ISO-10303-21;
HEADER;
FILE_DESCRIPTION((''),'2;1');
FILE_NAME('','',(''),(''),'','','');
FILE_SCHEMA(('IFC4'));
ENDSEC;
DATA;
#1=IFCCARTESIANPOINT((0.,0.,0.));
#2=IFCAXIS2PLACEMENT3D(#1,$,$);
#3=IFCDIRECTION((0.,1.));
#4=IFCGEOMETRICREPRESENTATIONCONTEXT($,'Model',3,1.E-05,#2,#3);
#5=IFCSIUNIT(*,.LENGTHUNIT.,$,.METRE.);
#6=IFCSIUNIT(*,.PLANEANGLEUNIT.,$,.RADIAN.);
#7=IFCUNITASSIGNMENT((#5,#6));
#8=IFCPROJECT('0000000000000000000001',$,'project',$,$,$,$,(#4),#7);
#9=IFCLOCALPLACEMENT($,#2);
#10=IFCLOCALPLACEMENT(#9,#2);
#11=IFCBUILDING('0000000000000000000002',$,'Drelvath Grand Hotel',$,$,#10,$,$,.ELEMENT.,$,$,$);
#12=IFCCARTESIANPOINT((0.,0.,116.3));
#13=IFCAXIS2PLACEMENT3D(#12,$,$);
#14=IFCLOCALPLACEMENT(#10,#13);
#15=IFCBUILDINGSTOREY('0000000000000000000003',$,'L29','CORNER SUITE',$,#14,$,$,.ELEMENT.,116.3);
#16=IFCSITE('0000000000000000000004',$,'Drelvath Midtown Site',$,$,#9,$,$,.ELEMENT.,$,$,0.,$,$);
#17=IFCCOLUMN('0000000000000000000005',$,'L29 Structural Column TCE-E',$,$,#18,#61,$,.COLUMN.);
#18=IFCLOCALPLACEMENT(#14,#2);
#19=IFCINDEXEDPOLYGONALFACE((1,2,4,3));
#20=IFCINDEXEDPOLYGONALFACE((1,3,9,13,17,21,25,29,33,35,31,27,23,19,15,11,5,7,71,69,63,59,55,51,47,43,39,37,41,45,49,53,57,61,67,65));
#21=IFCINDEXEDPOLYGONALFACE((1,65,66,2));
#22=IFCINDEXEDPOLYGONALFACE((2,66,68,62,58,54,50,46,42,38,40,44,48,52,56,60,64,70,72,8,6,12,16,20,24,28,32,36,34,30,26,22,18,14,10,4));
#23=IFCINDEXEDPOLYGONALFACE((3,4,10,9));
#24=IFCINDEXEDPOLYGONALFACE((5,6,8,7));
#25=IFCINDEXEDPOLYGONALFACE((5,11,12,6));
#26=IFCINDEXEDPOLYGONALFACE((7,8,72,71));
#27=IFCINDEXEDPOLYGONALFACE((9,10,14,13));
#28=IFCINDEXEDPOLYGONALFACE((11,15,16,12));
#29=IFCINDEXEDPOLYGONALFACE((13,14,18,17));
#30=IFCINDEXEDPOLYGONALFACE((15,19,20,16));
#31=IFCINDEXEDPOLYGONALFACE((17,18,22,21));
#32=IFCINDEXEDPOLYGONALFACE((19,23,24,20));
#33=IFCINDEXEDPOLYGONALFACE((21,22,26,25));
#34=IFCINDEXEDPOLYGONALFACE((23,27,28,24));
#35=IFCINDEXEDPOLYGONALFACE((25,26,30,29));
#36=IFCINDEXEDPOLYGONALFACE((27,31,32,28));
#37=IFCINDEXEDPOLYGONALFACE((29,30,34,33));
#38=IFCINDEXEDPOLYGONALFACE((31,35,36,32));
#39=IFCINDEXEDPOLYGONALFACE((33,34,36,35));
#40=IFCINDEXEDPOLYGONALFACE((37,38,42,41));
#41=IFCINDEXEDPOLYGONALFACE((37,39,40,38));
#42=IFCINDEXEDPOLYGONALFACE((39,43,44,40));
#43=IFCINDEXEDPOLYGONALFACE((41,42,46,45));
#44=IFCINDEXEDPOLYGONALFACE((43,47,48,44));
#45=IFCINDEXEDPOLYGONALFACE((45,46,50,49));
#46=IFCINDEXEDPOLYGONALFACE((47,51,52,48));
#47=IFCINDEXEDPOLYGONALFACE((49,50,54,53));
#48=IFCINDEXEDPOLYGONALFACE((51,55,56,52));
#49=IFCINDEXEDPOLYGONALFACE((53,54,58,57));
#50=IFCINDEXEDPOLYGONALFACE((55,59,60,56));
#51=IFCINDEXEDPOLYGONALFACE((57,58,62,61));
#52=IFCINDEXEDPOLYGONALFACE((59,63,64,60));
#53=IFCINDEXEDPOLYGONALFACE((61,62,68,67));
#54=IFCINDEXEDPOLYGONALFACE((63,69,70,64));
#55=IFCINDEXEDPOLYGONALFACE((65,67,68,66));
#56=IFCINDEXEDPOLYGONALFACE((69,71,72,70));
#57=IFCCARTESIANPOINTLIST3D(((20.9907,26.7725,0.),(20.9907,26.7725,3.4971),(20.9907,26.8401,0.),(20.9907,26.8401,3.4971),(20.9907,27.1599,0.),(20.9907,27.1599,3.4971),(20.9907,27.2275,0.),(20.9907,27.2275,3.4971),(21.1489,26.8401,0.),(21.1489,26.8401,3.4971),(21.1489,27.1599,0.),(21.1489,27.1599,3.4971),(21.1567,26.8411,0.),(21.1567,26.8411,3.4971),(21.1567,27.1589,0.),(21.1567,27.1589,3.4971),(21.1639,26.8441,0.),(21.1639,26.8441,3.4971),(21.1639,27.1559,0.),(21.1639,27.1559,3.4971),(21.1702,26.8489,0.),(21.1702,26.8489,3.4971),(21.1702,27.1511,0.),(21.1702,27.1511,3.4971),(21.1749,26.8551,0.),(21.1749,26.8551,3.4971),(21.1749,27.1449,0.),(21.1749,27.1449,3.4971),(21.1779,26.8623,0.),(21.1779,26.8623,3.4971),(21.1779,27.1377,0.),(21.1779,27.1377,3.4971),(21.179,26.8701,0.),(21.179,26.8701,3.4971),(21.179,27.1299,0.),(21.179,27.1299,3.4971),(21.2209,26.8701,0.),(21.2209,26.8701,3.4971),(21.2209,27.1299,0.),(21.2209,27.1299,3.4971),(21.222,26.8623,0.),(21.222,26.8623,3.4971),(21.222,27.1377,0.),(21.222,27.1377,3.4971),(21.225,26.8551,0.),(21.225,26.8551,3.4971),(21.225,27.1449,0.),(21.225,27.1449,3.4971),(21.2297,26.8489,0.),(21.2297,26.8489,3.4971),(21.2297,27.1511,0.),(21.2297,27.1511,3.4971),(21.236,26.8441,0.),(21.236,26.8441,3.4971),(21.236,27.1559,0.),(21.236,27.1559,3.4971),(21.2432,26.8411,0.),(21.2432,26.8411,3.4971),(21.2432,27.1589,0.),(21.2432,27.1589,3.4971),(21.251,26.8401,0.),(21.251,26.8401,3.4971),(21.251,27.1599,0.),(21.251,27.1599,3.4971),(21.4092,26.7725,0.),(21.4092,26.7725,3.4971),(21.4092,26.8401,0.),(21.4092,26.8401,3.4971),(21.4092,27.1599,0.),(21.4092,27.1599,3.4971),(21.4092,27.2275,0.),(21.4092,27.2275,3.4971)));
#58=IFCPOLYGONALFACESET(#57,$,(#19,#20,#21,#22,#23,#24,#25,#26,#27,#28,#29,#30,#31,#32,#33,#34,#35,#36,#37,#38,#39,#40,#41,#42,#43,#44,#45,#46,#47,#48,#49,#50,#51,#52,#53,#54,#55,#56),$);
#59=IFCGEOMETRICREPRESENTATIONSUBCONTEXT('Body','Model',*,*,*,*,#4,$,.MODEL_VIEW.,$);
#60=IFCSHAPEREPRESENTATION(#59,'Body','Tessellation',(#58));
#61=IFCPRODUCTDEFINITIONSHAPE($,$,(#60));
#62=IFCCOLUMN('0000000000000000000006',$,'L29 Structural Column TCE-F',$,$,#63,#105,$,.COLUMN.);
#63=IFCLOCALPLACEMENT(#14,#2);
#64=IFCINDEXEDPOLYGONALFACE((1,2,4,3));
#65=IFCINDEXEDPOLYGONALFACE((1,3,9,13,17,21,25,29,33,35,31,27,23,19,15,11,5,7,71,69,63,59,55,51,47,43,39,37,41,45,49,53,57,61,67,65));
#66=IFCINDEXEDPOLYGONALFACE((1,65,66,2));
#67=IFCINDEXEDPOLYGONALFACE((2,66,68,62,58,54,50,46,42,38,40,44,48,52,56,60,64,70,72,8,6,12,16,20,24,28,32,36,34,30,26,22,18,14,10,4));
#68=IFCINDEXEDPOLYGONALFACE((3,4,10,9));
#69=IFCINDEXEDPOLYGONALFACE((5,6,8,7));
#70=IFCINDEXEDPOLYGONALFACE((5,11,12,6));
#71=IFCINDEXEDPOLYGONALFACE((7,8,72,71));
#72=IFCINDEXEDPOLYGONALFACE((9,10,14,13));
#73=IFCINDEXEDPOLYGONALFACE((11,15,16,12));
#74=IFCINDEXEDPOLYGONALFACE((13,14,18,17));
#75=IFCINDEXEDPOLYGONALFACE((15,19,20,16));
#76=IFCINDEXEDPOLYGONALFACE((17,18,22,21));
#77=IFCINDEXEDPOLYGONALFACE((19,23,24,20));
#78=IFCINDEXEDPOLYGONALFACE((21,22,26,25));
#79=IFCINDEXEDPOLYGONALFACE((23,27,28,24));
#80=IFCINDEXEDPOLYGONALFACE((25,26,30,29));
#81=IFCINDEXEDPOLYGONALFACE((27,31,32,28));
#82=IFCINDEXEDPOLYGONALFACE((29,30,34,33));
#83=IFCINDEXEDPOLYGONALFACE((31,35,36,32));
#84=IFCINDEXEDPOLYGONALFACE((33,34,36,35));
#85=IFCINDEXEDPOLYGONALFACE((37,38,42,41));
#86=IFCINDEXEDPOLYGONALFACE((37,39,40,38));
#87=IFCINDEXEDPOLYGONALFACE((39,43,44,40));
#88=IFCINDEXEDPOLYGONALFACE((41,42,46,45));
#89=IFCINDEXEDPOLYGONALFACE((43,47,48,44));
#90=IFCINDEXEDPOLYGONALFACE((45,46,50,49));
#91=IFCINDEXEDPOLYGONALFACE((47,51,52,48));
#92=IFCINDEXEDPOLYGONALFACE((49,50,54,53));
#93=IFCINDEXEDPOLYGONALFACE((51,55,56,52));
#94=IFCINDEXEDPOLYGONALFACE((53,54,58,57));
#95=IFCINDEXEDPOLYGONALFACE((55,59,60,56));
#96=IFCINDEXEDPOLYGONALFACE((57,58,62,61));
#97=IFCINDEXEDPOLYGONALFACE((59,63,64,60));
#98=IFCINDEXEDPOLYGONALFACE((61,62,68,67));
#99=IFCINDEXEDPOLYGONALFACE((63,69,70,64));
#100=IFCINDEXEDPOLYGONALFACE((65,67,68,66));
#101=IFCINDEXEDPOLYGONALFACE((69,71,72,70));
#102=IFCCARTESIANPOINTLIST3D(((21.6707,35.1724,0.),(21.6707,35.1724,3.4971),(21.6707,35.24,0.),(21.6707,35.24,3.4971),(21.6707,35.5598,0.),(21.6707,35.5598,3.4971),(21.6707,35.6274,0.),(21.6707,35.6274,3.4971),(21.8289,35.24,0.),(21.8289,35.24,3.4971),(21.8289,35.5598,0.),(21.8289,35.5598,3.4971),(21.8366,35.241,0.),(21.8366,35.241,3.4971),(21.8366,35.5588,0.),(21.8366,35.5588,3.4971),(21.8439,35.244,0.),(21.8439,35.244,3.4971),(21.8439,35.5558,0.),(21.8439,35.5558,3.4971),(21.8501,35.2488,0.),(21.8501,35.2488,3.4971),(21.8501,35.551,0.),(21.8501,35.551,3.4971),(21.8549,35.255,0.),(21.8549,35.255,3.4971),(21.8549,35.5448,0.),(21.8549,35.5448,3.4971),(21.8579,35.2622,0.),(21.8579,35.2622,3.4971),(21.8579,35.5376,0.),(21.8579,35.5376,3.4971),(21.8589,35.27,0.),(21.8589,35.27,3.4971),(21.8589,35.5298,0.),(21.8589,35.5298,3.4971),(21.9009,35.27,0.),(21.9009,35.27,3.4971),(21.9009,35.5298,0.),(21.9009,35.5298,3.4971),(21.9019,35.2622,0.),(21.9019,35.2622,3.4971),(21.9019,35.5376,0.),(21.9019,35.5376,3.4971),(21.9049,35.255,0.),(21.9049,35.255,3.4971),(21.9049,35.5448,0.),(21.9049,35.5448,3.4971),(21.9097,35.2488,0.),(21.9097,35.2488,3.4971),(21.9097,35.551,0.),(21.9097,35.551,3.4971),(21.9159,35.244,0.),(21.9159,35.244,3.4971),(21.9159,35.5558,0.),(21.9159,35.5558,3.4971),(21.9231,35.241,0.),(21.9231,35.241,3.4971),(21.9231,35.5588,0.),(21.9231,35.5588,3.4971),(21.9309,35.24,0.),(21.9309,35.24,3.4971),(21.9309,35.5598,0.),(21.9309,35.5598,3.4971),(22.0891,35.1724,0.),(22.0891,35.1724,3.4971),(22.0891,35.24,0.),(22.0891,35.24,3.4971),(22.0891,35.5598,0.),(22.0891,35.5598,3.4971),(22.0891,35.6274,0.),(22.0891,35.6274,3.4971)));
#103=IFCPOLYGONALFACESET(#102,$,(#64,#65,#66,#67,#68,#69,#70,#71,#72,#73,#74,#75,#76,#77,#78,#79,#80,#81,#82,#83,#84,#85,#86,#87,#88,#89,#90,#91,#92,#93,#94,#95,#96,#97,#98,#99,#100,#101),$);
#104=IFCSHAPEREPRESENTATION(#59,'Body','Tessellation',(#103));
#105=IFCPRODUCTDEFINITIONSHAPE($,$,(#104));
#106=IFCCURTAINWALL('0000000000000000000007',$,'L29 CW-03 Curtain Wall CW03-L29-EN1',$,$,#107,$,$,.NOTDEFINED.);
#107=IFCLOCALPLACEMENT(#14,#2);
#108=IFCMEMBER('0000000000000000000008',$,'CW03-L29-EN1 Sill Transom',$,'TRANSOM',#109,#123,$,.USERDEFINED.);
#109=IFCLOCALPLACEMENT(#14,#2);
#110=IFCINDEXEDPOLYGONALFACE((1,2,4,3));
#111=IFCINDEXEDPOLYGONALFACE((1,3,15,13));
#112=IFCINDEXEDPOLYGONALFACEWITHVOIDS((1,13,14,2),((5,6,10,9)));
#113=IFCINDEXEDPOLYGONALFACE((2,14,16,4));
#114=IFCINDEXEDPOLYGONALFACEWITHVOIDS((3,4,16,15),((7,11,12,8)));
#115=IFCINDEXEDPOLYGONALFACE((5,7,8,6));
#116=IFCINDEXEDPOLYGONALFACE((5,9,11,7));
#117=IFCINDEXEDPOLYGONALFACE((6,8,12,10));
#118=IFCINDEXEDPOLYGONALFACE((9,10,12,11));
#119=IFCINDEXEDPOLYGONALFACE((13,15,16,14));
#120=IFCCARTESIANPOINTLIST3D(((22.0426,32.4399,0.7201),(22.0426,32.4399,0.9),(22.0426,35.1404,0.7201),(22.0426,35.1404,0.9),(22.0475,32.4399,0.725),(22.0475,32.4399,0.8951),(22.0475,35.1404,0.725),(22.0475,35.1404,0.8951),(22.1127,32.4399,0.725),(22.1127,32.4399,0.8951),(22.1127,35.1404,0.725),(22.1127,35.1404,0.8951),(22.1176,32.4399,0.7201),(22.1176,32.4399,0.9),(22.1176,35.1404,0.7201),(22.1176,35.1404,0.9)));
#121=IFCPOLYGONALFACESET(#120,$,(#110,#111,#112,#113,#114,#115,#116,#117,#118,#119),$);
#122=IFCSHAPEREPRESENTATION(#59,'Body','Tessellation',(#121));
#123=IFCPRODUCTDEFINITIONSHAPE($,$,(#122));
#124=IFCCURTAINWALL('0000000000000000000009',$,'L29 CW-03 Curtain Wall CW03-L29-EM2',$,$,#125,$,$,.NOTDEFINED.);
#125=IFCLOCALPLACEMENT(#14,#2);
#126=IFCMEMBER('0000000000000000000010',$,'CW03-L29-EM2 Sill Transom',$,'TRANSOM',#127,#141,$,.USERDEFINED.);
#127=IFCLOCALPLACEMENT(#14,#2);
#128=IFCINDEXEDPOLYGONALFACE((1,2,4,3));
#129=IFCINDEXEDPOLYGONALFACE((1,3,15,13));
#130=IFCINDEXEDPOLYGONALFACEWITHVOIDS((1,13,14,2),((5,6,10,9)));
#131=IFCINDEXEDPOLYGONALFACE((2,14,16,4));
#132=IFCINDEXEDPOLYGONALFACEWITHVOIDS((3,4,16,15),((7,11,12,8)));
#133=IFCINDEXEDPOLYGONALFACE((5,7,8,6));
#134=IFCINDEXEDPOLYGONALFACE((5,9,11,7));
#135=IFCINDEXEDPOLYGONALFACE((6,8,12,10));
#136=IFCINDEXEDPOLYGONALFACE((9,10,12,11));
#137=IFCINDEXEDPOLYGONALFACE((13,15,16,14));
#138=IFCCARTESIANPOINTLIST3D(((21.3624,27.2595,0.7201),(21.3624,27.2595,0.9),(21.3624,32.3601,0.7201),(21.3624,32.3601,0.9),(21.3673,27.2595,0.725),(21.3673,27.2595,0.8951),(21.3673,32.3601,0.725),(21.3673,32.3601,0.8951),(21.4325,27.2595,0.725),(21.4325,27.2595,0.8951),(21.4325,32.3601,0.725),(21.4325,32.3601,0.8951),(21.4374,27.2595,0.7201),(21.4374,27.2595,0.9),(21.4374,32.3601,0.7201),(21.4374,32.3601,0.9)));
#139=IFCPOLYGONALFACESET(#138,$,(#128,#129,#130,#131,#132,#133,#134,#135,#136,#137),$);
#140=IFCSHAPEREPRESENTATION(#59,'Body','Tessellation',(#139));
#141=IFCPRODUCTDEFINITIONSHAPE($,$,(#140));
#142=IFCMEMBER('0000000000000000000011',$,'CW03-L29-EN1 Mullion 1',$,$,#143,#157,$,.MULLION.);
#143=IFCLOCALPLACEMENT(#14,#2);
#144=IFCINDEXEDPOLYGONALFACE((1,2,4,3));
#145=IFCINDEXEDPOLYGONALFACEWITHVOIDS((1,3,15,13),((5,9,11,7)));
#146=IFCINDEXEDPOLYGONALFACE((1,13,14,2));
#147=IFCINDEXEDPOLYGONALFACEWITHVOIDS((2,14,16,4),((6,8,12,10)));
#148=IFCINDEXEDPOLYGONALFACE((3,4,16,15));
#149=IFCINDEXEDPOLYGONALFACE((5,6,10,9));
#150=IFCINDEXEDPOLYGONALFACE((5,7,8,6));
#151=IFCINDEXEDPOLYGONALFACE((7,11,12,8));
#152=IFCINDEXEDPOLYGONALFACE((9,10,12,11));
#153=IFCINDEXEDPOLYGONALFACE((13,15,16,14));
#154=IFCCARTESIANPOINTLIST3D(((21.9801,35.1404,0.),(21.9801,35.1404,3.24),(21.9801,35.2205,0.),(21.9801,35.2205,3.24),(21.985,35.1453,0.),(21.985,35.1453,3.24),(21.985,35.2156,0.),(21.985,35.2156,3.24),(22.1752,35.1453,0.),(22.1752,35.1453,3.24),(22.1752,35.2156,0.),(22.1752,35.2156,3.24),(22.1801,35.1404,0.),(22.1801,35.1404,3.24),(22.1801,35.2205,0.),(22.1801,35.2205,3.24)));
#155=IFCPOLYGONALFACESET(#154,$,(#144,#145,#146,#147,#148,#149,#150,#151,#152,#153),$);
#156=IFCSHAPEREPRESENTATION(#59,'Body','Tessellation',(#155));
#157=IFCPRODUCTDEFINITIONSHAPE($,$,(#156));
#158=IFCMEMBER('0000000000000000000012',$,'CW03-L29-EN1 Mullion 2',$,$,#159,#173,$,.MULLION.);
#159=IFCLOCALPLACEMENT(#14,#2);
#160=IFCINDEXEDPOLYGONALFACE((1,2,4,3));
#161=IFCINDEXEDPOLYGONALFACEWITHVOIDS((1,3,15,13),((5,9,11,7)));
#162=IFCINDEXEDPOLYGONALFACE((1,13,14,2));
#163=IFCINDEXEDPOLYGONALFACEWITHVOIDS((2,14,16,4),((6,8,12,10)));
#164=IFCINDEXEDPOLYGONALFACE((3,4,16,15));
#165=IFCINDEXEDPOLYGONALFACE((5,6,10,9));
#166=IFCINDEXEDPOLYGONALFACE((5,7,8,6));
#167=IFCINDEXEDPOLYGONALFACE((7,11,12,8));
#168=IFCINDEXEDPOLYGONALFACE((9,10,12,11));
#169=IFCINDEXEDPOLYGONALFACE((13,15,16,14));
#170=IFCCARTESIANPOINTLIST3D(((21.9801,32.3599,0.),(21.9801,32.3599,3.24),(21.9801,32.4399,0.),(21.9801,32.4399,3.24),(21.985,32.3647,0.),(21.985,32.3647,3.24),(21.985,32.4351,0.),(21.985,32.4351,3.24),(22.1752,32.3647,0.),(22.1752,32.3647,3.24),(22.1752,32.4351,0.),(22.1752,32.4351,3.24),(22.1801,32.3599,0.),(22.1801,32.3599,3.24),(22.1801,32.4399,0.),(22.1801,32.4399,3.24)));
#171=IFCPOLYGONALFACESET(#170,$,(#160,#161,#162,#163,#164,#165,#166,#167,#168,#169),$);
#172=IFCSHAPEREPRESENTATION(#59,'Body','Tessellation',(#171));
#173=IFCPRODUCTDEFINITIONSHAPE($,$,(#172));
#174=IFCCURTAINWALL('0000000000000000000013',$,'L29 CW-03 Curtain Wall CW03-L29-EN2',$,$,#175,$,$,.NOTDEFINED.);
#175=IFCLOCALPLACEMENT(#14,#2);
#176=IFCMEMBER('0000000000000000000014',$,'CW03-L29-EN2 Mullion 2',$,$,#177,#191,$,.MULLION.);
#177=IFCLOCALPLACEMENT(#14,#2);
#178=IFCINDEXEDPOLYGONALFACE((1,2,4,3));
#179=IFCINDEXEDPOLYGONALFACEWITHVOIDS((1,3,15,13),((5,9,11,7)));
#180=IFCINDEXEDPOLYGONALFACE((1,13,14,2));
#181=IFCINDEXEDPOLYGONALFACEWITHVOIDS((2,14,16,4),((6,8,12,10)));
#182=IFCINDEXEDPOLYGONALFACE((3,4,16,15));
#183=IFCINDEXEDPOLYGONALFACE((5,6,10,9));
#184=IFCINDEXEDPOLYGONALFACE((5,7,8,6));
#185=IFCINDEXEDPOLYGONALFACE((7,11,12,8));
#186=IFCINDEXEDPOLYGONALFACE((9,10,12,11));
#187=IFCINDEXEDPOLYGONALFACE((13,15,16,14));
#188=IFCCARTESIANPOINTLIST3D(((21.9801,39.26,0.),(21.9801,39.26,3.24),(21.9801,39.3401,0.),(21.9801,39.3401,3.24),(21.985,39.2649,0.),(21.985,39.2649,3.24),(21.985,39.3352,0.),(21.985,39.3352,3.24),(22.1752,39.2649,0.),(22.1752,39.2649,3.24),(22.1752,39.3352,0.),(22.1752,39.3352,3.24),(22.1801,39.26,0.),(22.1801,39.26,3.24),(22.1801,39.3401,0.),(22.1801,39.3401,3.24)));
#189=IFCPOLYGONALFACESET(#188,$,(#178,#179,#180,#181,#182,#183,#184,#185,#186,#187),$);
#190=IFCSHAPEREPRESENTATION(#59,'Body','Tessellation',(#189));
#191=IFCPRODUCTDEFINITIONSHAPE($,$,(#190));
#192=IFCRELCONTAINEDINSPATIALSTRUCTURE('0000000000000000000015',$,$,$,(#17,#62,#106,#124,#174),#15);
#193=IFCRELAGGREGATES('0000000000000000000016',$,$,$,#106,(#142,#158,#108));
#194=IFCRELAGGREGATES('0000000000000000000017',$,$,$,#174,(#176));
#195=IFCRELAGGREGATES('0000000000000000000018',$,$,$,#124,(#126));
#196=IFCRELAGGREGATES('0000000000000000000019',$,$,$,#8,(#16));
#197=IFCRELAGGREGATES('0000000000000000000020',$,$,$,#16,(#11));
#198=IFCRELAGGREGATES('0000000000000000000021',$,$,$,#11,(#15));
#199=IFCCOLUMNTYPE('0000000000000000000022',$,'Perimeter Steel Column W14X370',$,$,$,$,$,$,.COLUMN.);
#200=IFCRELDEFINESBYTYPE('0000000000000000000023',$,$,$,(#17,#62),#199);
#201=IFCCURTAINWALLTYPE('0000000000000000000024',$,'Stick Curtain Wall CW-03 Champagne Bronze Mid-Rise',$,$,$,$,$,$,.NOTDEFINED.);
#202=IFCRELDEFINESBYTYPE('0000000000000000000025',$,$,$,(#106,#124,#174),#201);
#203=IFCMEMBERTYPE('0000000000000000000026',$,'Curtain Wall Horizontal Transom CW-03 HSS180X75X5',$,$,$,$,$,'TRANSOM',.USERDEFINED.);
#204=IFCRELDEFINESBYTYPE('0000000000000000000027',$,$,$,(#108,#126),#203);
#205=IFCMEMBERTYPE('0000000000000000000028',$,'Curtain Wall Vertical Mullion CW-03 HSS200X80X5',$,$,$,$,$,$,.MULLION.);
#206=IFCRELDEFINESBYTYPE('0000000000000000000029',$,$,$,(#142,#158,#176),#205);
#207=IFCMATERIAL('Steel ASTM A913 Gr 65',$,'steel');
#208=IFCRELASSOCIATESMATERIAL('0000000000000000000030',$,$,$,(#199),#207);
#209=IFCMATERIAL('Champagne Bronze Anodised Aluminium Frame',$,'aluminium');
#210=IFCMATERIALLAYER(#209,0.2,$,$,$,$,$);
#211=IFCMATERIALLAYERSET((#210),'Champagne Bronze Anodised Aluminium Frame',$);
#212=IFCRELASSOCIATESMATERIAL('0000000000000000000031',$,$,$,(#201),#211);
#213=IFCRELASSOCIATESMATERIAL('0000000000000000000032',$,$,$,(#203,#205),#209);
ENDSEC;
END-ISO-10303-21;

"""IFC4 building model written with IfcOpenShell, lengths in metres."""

from ifc_helpers import new_model, si_unit, direction, frame, origin, origin_2d, place, context, subcontext, project, spatial, hollow_rectangle, i_section, extrude, material, layer, layer_set, material_profile, profile_set, type_object, element, aggregate, save


model = new_model("IFC4")

# Units and contexts
model_context = context("Model", 3, precision=1e-05, world=origin(), true_north=direction((0.0, 1.0)))
body_context = subcontext(model_context, "Body", "Model", "MODEL_VIEW")
ifc_project = project(units=[si_unit("LENGTHUNIT", "METRE"), si_unit("PLANEANGLEUNIT", "RADIAN")], contexts=[model_context])

# Site, building, storey
site_placement = place(None, origin())
site = spatial("IfcSite", under=ifc_project, at=site_placement, Name="Drelvath Midtown Site", CompositionType="ELEMENT", RefElevation=0.0)
building_placement = place(site_placement, origin())
building = spatial("IfcBuilding", under=site, at=building_placement, Name="Drelvath Grand Hotel", CompositionType="ELEMENT")
storey_placement = place(building_placement, frame((0.0, 0.0, 116.3)))
storey = spatial("IfcBuildingStorey", under=building, at=storey_placement, Name="L29", Description="CORNER SUITE", CompositionType="ELEMENT", Elevation=116.3)

# Columns
ifc_material_1 = material(Name="Steel ASTM A913 Gr 65", Category="steel")
ifc_material_profile_1 = material_profile(ifc_material_1, i_section(OverallWidth=0.4185, OverallDepth=0.4551, WebThickness=0.042, FlangeThickness=0.0676, FilletRadius=0.03, at=origin_2d()), Name="W14X370")
ifc_profile_set_1 = profile_set([ifc_material_profile_1], Name="Steel ASTM A913 Gr 65")
column_type = type_object("IfcColumnType", Name="Perimeter Steel Column W14X370", PredefinedType="COLUMN", material=ifc_profile_set_1)
for number, where, z_axis, x_axis, name in (
    (1, (21.2, 27.0, 0.0), (0.0, 0.0, 1.0), (1.0, 0.0, 0.0), "L29 Structural Column TCE-E"),
    (2, (21.8799, 35.3999, 0.0), (0.0, 0.0, 1.0), (1.0, 0.0, 0.0), "L29 Structural Column TCE-F"),
):
    element("IfcColumn", number, at=place(storey_placement, frame(where, z_axis=z_axis, x_axis=x_axis)), inside=storey, type_object=column_type, Name=name, PredefinedType="COLUMN", context=body_context, shape_type="SweptSolid", body=[
        extrude(i_section(OverallWidth=0.4185, OverallDepth=0.4551, WebThickness=0.042, FlangeThickness=0.0676, FilletRadius=0.03, at=origin_2d()), origin(), (0.0, 0.0, 1.0), 3.4971),
    ])

# Curtain walls, members
ifc_material_2 = material(Name="Champagne Bronze Anodised Aluminium Frame", Category="aluminium")
ifc_layer_1 = layer(ifc_material_2, 0.2)
ifc_layer_set_1 = layer_set([ifc_layer_1], Name="Champagne Bronze Anodised Aluminium Frame")
curtain_wall_type = type_object("IfcCurtainWallType", Name="Stick Curtain Wall CW-03 Champagne Bronze Mid-Rise", PredefinedType="NOTDEFINED", material=ifc_layer_set_1)
curtain_wall_1_placement = place(storey_placement, origin())
curtain_wall_1 = element("IfcCurtainWall", 3, at=curtain_wall_1_placement, inside=storey, type_object=curtain_wall_type, Name="L29 CW-03 Curtain Wall CW03-L29-EN1", PredefinedType="NOTDEFINED")
ifc_material_profile_2 = material_profile(ifc_material_2, hollow_rectangle(XDim=0.075, YDim=0.1799, WallThickness=0.0049, at=origin_2d()), Name="HSS180X75X5")
ifc_profile_set_2 = profile_set([ifc_material_profile_2], Name="Champagne Bronze Anodised Aluminium Frame")
member_type_1 = type_object("IfcMemberType", Name="Curtain Wall Horizontal Transom CW-03 HSS180X75X5", ElementType="TRANSOM", PredefinedType="USERDEFINED", material=ifc_profile_set_2)
member_1_placement = place(storey_placement, frame((22.0801, 35.1404, 0.8101), z_axis=(0.0, -1.0, 0.0), x_axis=(1.0, 0.0, 0.0)))
member_1 = element("IfcMember", 4, at=member_1_placement, type_object=member_type_1, Name="CW03-L29-EN1 Sill Transom", ObjectType="TRANSOM", PredefinedType="USERDEFINED", context=body_context, shape_type="SweptSolid", body=[
    extrude(hollow_rectangle(XDim=0.075, YDim=0.1799, WallThickness=0.0049, at=origin_2d()), origin(), (0.0, 0.0, 1.0), 2.7004),
])
curtain_wall_2_placement = place(storey_placement, origin())
curtain_wall_2 = element("IfcCurtainWall", 5, at=curtain_wall_2_placement, inside=storey, type_object=curtain_wall_type, Name="L29 CW-03 Curtain Wall CW03-L29-EM2", PredefinedType="NOTDEFINED")
member_2_placement = place(storey_placement, frame((21.3999, 32.3601, 0.8101), z_axis=(0.0, -1.0, 0.0), x_axis=(1.0, 0.0, 0.0)))
member_2 = element("IfcMember", 6, at=member_2_placement, type_object=member_type_1, Name="CW03-L29-EM2 Sill Transom", ObjectType="TRANSOM", PredefinedType="USERDEFINED", context=body_context, shape_type="SweptSolid", body=[
    extrude(hollow_rectangle(XDim=0.075, YDim=0.1799, WallThickness=0.0049, at=origin_2d()), origin(), (0.0, 0.0, 1.0), 5.1006),
])

# Members
ifc_material_profile_3 = material_profile(ifc_material_2, hollow_rectangle(XDim=0.0801, YDim=0.2, WallThickness=0.0049, at=origin_2d()), Name="HSS200X80X5")
ifc_profile_set_3 = profile_set([ifc_material_profile_3], Name="Champagne Bronze Anodised Aluminium Frame")
member_type_2 = type_object("IfcMemberType", Name="Curtain Wall Vertical Mullion CW-03 HSS200X80X5", PredefinedType="MULLION", material=ifc_profile_set_3)
member_3_placement = place(storey_placement, frame((22.0801, 35.1804, 0.0), z_axis=(0.0, 0.0, 1.0), x_axis=(0.0, 1.0, 0.0)))
member_3 = element("IfcMember", 7, at=member_3_placement, type_object=member_type_2, Name="CW03-L29-EN1 Mullion 1", PredefinedType="MULLION", context=body_context, shape_type="SweptSolid", body=[
    extrude(hollow_rectangle(XDim=0.0801, YDim=0.2, WallThickness=0.0049, at=origin_2d()), origin(), (0.0, 0.0, 1.0), 3.24),
])
member_4_placement = place(storey_placement, frame((22.0801, 32.3999, 0.0), z_axis=(0.0, 0.0, 1.0), x_axis=(0.0, 1.0, 0.0)))
member_4 = element("IfcMember", 8, at=member_4_placement, type_object=member_type_2, Name="CW03-L29-EN1 Mullion 2", PredefinedType="MULLION", context=body_context, shape_type="SweptSolid", body=[
    extrude(hollow_rectangle(XDim=0.0801, YDim=0.2, WallThickness=0.0049, at=origin_2d()), origin(), (0.0, 0.0, 1.0), 3.24),
])

# Curtain wall, member
curtain_wall_3_placement = place(storey_placement, origin())
curtain_wall_3 = element("IfcCurtainWall", 9, at=curtain_wall_3_placement, inside=storey, type_object=curtain_wall_type, Name="L29 CW-03 Curtain Wall CW03-L29-EN2", PredefinedType="NOTDEFINED")
member_5_placement = place(storey_placement, frame((22.0801, 39.3, 0.0), z_axis=(0.0, 0.0, 1.0), x_axis=(0.0, 1.0, 0.0)))
member_5 = element("IfcMember", 10, at=member_5_placement, type_object=member_type_2, Name="CW03-L29-EN2 Mullion 2", PredefinedType="MULLION", context=body_context, shape_type="SweptSolid", body=[
    extrude(hollow_rectangle(XDim=0.0801, YDim=0.2, WallThickness=0.0049, at=origin_2d()), origin(), (0.0, 0.0, 1.0), 3.24),
])

aggregate(curtain_wall_1, [member_3, member_4, member_1])
aggregate(curtain_wall_3, [member_5])
aggregate(curtain_wall_2, [member_2])

save(model, "model.ifc")
